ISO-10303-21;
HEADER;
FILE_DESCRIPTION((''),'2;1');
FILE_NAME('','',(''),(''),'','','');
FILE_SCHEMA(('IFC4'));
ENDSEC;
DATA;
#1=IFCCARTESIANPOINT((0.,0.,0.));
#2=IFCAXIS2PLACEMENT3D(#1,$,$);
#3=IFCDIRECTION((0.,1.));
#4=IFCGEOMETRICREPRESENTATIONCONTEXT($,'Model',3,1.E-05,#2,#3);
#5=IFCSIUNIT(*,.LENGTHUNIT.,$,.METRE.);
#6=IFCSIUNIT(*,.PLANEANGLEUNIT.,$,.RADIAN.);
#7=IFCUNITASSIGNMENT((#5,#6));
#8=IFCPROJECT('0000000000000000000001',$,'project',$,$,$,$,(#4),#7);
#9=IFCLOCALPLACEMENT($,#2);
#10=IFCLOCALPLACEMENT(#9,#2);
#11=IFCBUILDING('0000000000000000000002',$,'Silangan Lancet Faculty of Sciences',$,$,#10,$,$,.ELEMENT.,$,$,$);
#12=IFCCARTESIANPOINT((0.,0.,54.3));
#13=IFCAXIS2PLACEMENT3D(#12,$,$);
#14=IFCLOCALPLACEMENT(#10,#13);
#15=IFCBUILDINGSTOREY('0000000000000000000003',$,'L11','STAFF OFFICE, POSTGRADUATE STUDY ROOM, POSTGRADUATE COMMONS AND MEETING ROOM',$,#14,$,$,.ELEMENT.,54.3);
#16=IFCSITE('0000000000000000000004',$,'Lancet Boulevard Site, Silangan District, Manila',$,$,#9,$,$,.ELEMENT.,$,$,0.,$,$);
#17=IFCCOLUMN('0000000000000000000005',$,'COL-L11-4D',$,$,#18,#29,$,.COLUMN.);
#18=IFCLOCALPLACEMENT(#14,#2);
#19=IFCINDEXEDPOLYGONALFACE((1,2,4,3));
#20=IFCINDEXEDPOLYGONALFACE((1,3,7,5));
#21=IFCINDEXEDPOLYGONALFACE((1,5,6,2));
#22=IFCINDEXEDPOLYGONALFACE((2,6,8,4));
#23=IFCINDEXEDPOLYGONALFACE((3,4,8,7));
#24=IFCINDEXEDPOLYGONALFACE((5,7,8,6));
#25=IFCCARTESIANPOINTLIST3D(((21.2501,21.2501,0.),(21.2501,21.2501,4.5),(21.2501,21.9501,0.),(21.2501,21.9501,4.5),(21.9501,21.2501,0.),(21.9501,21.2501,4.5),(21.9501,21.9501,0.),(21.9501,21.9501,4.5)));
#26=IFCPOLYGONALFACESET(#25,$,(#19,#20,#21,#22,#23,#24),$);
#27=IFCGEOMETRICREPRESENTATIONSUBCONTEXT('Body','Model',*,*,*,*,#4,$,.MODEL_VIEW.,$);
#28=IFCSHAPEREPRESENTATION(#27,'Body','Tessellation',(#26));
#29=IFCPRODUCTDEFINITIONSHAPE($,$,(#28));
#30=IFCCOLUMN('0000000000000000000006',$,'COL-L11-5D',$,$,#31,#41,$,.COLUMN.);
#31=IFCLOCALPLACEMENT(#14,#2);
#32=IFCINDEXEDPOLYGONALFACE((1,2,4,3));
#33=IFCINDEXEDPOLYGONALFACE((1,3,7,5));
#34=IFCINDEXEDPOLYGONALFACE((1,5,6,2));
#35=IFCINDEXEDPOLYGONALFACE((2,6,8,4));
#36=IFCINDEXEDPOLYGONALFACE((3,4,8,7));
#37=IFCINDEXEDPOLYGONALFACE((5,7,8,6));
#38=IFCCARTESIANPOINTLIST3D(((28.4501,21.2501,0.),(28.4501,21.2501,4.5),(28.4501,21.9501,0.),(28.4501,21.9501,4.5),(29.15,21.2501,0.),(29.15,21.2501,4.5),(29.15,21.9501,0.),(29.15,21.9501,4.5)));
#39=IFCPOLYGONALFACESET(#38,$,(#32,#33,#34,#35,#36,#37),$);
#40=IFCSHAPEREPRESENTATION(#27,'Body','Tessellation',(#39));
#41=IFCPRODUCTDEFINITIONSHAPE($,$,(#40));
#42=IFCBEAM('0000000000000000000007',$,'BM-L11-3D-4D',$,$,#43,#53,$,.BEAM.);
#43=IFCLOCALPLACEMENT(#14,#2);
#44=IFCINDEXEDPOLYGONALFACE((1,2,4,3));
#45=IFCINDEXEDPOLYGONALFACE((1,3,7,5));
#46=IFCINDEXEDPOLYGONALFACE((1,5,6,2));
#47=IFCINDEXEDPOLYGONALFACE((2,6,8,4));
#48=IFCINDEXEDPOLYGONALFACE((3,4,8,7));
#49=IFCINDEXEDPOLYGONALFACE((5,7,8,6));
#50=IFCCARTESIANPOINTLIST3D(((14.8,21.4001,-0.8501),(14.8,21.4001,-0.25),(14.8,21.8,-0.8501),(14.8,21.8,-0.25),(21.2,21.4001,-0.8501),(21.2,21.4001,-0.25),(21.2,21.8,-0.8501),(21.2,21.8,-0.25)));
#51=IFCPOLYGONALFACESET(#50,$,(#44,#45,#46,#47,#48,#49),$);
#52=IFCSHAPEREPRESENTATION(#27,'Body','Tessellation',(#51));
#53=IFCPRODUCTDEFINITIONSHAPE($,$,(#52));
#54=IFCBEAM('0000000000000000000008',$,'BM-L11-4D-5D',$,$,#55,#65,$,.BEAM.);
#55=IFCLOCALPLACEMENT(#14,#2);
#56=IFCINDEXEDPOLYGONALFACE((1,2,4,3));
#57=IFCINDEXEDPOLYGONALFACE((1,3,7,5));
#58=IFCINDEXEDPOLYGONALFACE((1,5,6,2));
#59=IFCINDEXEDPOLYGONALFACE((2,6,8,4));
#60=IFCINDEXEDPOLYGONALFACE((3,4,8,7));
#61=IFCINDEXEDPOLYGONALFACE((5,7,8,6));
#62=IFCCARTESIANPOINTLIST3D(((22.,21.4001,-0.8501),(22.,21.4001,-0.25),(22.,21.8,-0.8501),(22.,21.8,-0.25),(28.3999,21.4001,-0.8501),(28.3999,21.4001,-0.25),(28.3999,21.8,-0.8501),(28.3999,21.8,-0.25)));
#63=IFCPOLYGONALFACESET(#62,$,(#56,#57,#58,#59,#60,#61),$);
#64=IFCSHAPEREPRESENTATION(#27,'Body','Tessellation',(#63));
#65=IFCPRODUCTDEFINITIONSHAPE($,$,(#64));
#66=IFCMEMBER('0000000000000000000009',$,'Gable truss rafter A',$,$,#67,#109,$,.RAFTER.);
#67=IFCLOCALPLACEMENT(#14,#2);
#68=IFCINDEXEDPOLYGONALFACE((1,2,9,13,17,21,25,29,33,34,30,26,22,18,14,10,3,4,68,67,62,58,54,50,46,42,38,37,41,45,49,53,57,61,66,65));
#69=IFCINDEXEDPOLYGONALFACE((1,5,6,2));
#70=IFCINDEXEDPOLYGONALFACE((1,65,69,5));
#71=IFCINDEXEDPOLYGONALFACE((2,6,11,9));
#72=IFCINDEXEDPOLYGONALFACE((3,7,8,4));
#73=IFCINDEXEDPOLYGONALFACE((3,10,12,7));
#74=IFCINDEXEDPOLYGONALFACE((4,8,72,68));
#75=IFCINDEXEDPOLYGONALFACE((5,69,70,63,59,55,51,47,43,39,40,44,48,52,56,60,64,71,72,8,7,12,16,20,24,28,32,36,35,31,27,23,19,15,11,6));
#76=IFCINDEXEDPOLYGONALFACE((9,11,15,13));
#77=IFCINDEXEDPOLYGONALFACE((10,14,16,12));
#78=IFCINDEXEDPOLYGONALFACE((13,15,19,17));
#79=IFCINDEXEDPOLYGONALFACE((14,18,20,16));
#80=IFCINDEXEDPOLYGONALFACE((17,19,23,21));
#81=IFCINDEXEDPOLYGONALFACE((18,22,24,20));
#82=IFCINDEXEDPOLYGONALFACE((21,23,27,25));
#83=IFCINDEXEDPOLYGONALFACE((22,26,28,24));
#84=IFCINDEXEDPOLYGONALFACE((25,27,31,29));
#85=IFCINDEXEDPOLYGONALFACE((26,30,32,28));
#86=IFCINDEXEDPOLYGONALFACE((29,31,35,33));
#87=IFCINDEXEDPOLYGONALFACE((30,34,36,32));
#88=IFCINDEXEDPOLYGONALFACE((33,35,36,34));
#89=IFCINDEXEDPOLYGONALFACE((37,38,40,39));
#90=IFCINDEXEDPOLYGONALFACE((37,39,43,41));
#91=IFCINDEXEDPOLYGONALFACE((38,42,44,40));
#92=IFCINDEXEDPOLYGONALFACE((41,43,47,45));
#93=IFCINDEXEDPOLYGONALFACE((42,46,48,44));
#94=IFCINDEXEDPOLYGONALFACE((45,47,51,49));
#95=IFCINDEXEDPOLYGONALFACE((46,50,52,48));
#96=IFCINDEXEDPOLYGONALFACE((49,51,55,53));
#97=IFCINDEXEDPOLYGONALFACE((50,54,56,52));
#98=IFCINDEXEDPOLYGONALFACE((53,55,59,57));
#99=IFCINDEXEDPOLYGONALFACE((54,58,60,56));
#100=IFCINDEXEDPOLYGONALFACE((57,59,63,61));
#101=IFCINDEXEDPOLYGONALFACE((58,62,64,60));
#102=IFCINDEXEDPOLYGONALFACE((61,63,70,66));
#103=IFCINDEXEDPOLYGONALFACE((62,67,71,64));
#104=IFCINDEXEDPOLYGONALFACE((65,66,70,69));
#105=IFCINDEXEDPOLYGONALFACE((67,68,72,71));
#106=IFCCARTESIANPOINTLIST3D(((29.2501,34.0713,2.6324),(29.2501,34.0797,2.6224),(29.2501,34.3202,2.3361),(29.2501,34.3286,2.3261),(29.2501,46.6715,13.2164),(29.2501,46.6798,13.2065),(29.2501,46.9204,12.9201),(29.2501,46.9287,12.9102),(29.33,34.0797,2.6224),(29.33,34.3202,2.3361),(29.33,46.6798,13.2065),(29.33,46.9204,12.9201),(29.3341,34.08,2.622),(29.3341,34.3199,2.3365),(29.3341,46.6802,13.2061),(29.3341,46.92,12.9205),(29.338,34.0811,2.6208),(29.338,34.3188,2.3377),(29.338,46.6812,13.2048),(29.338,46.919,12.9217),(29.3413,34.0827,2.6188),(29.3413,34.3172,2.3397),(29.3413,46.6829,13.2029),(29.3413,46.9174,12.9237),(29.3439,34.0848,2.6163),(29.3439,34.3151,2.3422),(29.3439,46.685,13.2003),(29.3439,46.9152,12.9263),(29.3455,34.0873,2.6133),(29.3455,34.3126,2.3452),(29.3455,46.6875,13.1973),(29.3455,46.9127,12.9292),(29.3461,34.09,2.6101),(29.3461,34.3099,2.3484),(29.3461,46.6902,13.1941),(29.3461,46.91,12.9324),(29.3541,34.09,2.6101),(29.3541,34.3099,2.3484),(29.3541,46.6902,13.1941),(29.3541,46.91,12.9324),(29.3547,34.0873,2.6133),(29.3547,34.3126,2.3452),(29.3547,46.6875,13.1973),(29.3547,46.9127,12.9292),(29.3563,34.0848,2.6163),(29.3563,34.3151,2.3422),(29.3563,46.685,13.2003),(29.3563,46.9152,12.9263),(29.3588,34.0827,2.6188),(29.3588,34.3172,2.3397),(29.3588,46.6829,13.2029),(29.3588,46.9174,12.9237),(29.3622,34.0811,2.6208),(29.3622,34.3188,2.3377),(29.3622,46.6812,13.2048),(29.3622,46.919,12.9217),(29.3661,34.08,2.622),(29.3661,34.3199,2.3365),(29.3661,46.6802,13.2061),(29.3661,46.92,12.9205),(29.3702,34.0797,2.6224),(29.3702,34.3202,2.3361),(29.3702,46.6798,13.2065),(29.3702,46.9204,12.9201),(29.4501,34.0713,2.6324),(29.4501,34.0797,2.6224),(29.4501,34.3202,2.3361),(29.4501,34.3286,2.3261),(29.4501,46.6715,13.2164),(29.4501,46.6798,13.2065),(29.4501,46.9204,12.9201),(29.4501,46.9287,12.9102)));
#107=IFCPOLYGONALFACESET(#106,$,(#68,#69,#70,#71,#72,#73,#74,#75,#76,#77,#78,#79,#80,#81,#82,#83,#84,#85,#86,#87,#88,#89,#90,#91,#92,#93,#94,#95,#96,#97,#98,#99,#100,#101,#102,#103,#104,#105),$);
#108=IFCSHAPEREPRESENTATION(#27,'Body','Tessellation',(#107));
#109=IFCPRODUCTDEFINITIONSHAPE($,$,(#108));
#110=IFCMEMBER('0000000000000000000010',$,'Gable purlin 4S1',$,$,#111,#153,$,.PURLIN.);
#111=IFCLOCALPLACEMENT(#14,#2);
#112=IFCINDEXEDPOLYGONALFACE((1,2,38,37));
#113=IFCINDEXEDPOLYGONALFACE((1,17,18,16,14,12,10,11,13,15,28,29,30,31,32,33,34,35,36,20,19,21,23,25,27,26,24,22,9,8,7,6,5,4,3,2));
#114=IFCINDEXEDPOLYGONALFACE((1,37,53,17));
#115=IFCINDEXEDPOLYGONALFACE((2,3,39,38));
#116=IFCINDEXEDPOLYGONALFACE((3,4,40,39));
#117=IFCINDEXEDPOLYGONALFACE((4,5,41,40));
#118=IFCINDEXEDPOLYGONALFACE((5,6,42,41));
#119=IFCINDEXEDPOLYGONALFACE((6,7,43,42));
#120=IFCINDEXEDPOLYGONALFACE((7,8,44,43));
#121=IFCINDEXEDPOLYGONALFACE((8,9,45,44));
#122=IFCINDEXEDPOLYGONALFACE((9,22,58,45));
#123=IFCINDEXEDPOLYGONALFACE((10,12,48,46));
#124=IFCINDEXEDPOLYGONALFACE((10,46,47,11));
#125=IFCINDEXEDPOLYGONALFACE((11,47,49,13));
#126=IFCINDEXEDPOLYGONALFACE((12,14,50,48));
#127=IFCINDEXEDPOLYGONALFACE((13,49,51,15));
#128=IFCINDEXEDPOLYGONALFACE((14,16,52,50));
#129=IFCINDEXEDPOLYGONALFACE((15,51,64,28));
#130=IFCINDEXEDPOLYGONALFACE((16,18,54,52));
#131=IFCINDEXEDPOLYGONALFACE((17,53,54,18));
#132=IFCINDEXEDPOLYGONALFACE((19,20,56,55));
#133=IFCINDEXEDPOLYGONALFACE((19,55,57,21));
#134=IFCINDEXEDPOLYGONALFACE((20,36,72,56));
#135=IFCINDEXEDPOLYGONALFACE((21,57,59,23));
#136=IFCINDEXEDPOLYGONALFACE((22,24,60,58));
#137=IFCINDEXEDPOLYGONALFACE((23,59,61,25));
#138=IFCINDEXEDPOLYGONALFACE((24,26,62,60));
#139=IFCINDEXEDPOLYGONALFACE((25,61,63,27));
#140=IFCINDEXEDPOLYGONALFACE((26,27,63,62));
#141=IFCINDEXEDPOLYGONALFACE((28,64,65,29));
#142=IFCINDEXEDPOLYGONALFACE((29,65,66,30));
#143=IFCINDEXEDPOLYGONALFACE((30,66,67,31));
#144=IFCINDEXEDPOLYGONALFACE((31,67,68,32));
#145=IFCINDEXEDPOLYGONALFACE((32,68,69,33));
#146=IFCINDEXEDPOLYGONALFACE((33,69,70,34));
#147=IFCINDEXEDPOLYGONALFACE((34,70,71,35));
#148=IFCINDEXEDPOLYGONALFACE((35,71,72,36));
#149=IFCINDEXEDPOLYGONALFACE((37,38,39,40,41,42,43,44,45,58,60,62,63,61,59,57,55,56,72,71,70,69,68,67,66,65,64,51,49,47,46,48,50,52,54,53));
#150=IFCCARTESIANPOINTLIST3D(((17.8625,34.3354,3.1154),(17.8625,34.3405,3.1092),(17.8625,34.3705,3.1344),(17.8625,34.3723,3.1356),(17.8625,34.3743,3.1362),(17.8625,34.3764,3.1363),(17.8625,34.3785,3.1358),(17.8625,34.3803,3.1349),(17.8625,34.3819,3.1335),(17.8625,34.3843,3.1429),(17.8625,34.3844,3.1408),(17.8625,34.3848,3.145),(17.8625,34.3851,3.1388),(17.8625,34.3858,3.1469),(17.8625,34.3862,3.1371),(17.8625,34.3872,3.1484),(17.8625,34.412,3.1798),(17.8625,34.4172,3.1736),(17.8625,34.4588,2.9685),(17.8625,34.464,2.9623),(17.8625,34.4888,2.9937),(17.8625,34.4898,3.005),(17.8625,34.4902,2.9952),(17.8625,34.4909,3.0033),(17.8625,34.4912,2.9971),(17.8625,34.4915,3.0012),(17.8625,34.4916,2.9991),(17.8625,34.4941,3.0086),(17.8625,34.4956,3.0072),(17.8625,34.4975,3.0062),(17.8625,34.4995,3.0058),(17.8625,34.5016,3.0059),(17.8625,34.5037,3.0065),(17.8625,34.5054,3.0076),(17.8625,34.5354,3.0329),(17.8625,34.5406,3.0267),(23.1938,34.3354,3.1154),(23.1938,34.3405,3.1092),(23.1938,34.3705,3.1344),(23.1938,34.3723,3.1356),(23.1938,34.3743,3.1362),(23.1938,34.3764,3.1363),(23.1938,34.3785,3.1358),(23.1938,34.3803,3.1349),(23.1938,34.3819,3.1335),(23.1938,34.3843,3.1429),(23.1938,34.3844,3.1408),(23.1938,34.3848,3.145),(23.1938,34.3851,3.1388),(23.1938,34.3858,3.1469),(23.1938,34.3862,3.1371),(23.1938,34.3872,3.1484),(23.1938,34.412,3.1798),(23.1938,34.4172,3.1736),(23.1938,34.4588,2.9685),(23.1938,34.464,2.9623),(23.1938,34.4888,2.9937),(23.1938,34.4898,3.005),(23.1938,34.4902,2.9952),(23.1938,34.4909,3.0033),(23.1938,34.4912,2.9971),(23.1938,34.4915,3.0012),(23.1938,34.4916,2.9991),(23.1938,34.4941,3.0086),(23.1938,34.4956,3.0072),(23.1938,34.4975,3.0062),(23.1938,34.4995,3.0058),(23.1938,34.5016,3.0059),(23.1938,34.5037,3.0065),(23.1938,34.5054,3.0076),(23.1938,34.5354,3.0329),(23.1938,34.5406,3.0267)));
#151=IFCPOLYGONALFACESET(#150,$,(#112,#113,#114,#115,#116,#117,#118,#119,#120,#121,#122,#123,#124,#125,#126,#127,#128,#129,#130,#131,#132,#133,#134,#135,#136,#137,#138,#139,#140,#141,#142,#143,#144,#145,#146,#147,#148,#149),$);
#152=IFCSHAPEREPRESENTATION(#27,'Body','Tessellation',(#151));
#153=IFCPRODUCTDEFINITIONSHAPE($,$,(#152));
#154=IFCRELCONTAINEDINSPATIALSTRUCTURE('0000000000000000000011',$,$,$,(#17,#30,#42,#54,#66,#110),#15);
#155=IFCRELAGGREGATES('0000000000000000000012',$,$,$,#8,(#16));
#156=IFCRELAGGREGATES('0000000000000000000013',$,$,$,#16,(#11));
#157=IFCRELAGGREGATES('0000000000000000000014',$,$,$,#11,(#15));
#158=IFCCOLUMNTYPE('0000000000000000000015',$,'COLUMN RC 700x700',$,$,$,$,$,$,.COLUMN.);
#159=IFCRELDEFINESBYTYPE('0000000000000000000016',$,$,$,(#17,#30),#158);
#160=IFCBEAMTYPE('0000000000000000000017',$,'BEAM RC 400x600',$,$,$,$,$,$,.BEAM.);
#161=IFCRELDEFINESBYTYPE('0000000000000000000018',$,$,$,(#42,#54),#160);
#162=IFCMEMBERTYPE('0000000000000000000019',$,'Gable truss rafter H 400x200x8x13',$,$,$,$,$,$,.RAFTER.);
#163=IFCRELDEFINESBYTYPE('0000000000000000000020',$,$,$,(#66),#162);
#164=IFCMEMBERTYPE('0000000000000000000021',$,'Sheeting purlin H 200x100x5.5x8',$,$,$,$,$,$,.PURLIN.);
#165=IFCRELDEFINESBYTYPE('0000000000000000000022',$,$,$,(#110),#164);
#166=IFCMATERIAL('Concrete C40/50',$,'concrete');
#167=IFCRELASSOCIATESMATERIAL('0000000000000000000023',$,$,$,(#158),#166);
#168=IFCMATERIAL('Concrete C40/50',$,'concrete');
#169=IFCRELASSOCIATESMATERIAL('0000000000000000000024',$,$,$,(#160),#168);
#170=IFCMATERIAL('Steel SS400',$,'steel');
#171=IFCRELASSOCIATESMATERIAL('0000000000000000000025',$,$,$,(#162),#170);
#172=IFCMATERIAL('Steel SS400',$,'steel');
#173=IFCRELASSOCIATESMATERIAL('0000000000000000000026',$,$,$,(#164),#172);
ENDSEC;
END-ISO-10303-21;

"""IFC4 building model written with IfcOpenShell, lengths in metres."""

from ifc_helpers import new_model, si_unit, direction, frame, origin, origin_2d, place, context, subcontext, project, spatial, rectangle, i_section, extrude, material, material_profile, profile_set, type_object, element, save


model = new_model("IFC4")

# Units and contexts
model_context = context("Model", 3, precision=1e-05, world=origin(), true_north=direction((0.0, 1.0)))
body_context = subcontext(model_context, "Body", "Model", "MODEL_VIEW")
ifc_project = project(units=[si_unit("LENGTHUNIT", "METRE"), si_unit("PLANEANGLEUNIT", "RADIAN")], contexts=[model_context])

# Site, building, storey
site_placement = place(None, origin())
site = spatial("IfcSite", under=ifc_project, at=site_placement, Name="Lancet Boulevard Site, Silangan District, Manila", CompositionType="ELEMENT", RefElevation=0.0)
building_placement = place(site_placement, origin())
building = spatial("IfcBuilding", under=site, at=building_placement, Name="Silangan Lancet Faculty of Sciences", CompositionType="ELEMENT")
storey_placement = place(building_placement, frame((0.0, 0.0, 54.3)))
storey = spatial("IfcBuildingStorey", under=building, at=storey_placement, Name="L11", Description="STAFF OFFICE, POSTGRADUATE STUDY ROOM, POSTGRADUATE COMMONS AND MEETING ROOM", CompositionType="ELEMENT", Elevation=54.3)

# Columns
ifc_material_1 = material(Name="Concrete C40/50", Category="concrete")
ifc_material_profile_1 = material_profile(ifc_material_1, rectangle(XDim=0.7, YDim=0.7, at=origin_2d()), Name="RC 700x700")
ifc_profile_set_1 = profile_set([ifc_material_profile_1], Name="Concrete C40/50")
column_type = type_object("IfcColumnType", Name="COLUMN RC 700x700", PredefinedType="COLUMN", material=ifc_profile_set_1)
for number, where, z_axis, x_axis, name in (
    (1, (21.6001, 21.6001, 0.0), (0.0, 0.0, 1.0), (1.0, 0.0, 0.0), "COL-L11-4D"),
    (2, (28.8, 21.6001, 0.0), (0.0, 0.0, 1.0), (1.0, 0.0, 0.0), "COL-L11-5D"),
):
    element("IfcColumn", number, at=place(storey_placement, frame(where, z_axis=z_axis, x_axis=x_axis)), inside=storey, type_object=column_type, Name=name, PredefinedType="COLUMN", context=body_context, shape_type="SweptSolid", body=[
        extrude(rectangle(XDim=0.7, YDim=0.7, at=origin_2d()), origin(), (0.0, 0.0, 1.0), 4.5),
    ])

# Beams
ifc_material_2 = material(Name="Concrete C40/50", Category="concrete")
ifc_material_profile_2 = material_profile(ifc_material_2, rectangle(XDim=0.3999, YDim=0.6001, at=origin_2d()), Name="RC 400x600")
ifc_profile_set_2 = profile_set([ifc_material_profile_2], Name="Concrete C40/50")
beam_type = type_object("IfcBeamType", Name="BEAM RC 400x600", PredefinedType="BEAM", material=ifc_profile_set_2)
for number, where, z_axis, x_axis, name in (
    (3, (14.8, 21.6001, -0.55), (1.0, 0.0, 0.0), (0.0, 1.0, 0.0), "BM-L11-3D-4D"),
    (4, (22.0, 21.6001, -0.55), (1.0, 0.0, 0.0), (0.0, 1.0, 0.0), "BM-L11-4D-5D"),
):
    element("IfcBeam", number, at=place(storey_placement, frame(where, z_axis=z_axis, x_axis=x_axis)), inside=storey, type_object=beam_type, Name=name, PredefinedType="BEAM", context=body_context, shape_type="SweptSolid", body=[
        extrude(rectangle(XDim=0.3999, YDim=0.6001, at=origin_2d()), origin(), (0.0, 0.0, 1.0), 6.3999),
    ])

# Members
ifc_material_3 = material(Name="Steel SS400", Category="steel")
ifc_material_profile_3 = material_profile(ifc_material_3, i_section(OverallWidth=0.2, OverallDepth=0.3999, WebThickness=0.0081, FlangeThickness=0.0129, FilletRadius=0.0161, at=origin_2d()), Name="H 400x200x8x13")
ifc_profile_set_3 = profile_set([ifc_material_profile_3], Name="Steel SS400")
member_type_1 = type_object("IfcMemberType", Name="Gable truss rafter H 400x200x8x13", PredefinedType="RAFTER", material=ifc_profile_set_3)
member_1_placement = place(storey_placement, frame((29.3501, 34.2, 2.4792), z_axis=(0.0, 0.765708, 0.643189), x_axis=(-1.0, 0.0, 0.0)))
element("IfcMember", 5, at=member_1_placement, inside=storey, type_object=member_type_1, Name="Gable truss rafter A", PredefinedType="RAFTER", context=body_context, shape_type="SweptSolid", body=[
    extrude(i_section(OverallWidth=0.2, OverallDepth=0.3999, WebThickness=0.0081, FlangeThickness=0.0129, FilletRadius=0.0161, at=origin_2d()), origin(), (0.0, 0.0, 1.0), 16.4556),
])
ifc_material_4 = material(Name="Steel SS400", Category="steel")
ifc_material_profile_4 = material_profile(ifc_material_4, i_section(OverallWidth=0.1001, OverallDepth=0.2, WebThickness=0.0056, FlangeThickness=0.0081, FilletRadius=0.0081, at=origin_2d()), Name="H 200x100x5.5x8")
ifc_profile_set_4 = profile_set([ifc_material_profile_4], Name="Steel SS400")
member_type_2 = type_object("IfcMemberType", Name="Sheeting purlin H 200x100x5.5x8", PredefinedType="PURLIN", material=ifc_profile_set_4)
member_2_placement = place(storey_placement, frame((17.8625, 34.438, 3.071), z_axis=(1.0, 0.0, 0.0), x_axis=(0.0, 0.765705, 0.643192)))
element("IfcMember", 6, at=member_2_placement, inside=storey, type_object=member_type_2, Name="Gable purlin 4S1", PredefinedType="PURLIN", context=body_context, shape_type="SweptSolid", body=[
    extrude(i_section(OverallWidth=0.1001, OverallDepth=0.2, WebThickness=0.0056, FlangeThickness=0.0081, FilletRadius=0.0081, at=origin_2d()), origin(), (0.0, 0.0, 1.0), 5.3313),
])

save(model, "model.ifc")
